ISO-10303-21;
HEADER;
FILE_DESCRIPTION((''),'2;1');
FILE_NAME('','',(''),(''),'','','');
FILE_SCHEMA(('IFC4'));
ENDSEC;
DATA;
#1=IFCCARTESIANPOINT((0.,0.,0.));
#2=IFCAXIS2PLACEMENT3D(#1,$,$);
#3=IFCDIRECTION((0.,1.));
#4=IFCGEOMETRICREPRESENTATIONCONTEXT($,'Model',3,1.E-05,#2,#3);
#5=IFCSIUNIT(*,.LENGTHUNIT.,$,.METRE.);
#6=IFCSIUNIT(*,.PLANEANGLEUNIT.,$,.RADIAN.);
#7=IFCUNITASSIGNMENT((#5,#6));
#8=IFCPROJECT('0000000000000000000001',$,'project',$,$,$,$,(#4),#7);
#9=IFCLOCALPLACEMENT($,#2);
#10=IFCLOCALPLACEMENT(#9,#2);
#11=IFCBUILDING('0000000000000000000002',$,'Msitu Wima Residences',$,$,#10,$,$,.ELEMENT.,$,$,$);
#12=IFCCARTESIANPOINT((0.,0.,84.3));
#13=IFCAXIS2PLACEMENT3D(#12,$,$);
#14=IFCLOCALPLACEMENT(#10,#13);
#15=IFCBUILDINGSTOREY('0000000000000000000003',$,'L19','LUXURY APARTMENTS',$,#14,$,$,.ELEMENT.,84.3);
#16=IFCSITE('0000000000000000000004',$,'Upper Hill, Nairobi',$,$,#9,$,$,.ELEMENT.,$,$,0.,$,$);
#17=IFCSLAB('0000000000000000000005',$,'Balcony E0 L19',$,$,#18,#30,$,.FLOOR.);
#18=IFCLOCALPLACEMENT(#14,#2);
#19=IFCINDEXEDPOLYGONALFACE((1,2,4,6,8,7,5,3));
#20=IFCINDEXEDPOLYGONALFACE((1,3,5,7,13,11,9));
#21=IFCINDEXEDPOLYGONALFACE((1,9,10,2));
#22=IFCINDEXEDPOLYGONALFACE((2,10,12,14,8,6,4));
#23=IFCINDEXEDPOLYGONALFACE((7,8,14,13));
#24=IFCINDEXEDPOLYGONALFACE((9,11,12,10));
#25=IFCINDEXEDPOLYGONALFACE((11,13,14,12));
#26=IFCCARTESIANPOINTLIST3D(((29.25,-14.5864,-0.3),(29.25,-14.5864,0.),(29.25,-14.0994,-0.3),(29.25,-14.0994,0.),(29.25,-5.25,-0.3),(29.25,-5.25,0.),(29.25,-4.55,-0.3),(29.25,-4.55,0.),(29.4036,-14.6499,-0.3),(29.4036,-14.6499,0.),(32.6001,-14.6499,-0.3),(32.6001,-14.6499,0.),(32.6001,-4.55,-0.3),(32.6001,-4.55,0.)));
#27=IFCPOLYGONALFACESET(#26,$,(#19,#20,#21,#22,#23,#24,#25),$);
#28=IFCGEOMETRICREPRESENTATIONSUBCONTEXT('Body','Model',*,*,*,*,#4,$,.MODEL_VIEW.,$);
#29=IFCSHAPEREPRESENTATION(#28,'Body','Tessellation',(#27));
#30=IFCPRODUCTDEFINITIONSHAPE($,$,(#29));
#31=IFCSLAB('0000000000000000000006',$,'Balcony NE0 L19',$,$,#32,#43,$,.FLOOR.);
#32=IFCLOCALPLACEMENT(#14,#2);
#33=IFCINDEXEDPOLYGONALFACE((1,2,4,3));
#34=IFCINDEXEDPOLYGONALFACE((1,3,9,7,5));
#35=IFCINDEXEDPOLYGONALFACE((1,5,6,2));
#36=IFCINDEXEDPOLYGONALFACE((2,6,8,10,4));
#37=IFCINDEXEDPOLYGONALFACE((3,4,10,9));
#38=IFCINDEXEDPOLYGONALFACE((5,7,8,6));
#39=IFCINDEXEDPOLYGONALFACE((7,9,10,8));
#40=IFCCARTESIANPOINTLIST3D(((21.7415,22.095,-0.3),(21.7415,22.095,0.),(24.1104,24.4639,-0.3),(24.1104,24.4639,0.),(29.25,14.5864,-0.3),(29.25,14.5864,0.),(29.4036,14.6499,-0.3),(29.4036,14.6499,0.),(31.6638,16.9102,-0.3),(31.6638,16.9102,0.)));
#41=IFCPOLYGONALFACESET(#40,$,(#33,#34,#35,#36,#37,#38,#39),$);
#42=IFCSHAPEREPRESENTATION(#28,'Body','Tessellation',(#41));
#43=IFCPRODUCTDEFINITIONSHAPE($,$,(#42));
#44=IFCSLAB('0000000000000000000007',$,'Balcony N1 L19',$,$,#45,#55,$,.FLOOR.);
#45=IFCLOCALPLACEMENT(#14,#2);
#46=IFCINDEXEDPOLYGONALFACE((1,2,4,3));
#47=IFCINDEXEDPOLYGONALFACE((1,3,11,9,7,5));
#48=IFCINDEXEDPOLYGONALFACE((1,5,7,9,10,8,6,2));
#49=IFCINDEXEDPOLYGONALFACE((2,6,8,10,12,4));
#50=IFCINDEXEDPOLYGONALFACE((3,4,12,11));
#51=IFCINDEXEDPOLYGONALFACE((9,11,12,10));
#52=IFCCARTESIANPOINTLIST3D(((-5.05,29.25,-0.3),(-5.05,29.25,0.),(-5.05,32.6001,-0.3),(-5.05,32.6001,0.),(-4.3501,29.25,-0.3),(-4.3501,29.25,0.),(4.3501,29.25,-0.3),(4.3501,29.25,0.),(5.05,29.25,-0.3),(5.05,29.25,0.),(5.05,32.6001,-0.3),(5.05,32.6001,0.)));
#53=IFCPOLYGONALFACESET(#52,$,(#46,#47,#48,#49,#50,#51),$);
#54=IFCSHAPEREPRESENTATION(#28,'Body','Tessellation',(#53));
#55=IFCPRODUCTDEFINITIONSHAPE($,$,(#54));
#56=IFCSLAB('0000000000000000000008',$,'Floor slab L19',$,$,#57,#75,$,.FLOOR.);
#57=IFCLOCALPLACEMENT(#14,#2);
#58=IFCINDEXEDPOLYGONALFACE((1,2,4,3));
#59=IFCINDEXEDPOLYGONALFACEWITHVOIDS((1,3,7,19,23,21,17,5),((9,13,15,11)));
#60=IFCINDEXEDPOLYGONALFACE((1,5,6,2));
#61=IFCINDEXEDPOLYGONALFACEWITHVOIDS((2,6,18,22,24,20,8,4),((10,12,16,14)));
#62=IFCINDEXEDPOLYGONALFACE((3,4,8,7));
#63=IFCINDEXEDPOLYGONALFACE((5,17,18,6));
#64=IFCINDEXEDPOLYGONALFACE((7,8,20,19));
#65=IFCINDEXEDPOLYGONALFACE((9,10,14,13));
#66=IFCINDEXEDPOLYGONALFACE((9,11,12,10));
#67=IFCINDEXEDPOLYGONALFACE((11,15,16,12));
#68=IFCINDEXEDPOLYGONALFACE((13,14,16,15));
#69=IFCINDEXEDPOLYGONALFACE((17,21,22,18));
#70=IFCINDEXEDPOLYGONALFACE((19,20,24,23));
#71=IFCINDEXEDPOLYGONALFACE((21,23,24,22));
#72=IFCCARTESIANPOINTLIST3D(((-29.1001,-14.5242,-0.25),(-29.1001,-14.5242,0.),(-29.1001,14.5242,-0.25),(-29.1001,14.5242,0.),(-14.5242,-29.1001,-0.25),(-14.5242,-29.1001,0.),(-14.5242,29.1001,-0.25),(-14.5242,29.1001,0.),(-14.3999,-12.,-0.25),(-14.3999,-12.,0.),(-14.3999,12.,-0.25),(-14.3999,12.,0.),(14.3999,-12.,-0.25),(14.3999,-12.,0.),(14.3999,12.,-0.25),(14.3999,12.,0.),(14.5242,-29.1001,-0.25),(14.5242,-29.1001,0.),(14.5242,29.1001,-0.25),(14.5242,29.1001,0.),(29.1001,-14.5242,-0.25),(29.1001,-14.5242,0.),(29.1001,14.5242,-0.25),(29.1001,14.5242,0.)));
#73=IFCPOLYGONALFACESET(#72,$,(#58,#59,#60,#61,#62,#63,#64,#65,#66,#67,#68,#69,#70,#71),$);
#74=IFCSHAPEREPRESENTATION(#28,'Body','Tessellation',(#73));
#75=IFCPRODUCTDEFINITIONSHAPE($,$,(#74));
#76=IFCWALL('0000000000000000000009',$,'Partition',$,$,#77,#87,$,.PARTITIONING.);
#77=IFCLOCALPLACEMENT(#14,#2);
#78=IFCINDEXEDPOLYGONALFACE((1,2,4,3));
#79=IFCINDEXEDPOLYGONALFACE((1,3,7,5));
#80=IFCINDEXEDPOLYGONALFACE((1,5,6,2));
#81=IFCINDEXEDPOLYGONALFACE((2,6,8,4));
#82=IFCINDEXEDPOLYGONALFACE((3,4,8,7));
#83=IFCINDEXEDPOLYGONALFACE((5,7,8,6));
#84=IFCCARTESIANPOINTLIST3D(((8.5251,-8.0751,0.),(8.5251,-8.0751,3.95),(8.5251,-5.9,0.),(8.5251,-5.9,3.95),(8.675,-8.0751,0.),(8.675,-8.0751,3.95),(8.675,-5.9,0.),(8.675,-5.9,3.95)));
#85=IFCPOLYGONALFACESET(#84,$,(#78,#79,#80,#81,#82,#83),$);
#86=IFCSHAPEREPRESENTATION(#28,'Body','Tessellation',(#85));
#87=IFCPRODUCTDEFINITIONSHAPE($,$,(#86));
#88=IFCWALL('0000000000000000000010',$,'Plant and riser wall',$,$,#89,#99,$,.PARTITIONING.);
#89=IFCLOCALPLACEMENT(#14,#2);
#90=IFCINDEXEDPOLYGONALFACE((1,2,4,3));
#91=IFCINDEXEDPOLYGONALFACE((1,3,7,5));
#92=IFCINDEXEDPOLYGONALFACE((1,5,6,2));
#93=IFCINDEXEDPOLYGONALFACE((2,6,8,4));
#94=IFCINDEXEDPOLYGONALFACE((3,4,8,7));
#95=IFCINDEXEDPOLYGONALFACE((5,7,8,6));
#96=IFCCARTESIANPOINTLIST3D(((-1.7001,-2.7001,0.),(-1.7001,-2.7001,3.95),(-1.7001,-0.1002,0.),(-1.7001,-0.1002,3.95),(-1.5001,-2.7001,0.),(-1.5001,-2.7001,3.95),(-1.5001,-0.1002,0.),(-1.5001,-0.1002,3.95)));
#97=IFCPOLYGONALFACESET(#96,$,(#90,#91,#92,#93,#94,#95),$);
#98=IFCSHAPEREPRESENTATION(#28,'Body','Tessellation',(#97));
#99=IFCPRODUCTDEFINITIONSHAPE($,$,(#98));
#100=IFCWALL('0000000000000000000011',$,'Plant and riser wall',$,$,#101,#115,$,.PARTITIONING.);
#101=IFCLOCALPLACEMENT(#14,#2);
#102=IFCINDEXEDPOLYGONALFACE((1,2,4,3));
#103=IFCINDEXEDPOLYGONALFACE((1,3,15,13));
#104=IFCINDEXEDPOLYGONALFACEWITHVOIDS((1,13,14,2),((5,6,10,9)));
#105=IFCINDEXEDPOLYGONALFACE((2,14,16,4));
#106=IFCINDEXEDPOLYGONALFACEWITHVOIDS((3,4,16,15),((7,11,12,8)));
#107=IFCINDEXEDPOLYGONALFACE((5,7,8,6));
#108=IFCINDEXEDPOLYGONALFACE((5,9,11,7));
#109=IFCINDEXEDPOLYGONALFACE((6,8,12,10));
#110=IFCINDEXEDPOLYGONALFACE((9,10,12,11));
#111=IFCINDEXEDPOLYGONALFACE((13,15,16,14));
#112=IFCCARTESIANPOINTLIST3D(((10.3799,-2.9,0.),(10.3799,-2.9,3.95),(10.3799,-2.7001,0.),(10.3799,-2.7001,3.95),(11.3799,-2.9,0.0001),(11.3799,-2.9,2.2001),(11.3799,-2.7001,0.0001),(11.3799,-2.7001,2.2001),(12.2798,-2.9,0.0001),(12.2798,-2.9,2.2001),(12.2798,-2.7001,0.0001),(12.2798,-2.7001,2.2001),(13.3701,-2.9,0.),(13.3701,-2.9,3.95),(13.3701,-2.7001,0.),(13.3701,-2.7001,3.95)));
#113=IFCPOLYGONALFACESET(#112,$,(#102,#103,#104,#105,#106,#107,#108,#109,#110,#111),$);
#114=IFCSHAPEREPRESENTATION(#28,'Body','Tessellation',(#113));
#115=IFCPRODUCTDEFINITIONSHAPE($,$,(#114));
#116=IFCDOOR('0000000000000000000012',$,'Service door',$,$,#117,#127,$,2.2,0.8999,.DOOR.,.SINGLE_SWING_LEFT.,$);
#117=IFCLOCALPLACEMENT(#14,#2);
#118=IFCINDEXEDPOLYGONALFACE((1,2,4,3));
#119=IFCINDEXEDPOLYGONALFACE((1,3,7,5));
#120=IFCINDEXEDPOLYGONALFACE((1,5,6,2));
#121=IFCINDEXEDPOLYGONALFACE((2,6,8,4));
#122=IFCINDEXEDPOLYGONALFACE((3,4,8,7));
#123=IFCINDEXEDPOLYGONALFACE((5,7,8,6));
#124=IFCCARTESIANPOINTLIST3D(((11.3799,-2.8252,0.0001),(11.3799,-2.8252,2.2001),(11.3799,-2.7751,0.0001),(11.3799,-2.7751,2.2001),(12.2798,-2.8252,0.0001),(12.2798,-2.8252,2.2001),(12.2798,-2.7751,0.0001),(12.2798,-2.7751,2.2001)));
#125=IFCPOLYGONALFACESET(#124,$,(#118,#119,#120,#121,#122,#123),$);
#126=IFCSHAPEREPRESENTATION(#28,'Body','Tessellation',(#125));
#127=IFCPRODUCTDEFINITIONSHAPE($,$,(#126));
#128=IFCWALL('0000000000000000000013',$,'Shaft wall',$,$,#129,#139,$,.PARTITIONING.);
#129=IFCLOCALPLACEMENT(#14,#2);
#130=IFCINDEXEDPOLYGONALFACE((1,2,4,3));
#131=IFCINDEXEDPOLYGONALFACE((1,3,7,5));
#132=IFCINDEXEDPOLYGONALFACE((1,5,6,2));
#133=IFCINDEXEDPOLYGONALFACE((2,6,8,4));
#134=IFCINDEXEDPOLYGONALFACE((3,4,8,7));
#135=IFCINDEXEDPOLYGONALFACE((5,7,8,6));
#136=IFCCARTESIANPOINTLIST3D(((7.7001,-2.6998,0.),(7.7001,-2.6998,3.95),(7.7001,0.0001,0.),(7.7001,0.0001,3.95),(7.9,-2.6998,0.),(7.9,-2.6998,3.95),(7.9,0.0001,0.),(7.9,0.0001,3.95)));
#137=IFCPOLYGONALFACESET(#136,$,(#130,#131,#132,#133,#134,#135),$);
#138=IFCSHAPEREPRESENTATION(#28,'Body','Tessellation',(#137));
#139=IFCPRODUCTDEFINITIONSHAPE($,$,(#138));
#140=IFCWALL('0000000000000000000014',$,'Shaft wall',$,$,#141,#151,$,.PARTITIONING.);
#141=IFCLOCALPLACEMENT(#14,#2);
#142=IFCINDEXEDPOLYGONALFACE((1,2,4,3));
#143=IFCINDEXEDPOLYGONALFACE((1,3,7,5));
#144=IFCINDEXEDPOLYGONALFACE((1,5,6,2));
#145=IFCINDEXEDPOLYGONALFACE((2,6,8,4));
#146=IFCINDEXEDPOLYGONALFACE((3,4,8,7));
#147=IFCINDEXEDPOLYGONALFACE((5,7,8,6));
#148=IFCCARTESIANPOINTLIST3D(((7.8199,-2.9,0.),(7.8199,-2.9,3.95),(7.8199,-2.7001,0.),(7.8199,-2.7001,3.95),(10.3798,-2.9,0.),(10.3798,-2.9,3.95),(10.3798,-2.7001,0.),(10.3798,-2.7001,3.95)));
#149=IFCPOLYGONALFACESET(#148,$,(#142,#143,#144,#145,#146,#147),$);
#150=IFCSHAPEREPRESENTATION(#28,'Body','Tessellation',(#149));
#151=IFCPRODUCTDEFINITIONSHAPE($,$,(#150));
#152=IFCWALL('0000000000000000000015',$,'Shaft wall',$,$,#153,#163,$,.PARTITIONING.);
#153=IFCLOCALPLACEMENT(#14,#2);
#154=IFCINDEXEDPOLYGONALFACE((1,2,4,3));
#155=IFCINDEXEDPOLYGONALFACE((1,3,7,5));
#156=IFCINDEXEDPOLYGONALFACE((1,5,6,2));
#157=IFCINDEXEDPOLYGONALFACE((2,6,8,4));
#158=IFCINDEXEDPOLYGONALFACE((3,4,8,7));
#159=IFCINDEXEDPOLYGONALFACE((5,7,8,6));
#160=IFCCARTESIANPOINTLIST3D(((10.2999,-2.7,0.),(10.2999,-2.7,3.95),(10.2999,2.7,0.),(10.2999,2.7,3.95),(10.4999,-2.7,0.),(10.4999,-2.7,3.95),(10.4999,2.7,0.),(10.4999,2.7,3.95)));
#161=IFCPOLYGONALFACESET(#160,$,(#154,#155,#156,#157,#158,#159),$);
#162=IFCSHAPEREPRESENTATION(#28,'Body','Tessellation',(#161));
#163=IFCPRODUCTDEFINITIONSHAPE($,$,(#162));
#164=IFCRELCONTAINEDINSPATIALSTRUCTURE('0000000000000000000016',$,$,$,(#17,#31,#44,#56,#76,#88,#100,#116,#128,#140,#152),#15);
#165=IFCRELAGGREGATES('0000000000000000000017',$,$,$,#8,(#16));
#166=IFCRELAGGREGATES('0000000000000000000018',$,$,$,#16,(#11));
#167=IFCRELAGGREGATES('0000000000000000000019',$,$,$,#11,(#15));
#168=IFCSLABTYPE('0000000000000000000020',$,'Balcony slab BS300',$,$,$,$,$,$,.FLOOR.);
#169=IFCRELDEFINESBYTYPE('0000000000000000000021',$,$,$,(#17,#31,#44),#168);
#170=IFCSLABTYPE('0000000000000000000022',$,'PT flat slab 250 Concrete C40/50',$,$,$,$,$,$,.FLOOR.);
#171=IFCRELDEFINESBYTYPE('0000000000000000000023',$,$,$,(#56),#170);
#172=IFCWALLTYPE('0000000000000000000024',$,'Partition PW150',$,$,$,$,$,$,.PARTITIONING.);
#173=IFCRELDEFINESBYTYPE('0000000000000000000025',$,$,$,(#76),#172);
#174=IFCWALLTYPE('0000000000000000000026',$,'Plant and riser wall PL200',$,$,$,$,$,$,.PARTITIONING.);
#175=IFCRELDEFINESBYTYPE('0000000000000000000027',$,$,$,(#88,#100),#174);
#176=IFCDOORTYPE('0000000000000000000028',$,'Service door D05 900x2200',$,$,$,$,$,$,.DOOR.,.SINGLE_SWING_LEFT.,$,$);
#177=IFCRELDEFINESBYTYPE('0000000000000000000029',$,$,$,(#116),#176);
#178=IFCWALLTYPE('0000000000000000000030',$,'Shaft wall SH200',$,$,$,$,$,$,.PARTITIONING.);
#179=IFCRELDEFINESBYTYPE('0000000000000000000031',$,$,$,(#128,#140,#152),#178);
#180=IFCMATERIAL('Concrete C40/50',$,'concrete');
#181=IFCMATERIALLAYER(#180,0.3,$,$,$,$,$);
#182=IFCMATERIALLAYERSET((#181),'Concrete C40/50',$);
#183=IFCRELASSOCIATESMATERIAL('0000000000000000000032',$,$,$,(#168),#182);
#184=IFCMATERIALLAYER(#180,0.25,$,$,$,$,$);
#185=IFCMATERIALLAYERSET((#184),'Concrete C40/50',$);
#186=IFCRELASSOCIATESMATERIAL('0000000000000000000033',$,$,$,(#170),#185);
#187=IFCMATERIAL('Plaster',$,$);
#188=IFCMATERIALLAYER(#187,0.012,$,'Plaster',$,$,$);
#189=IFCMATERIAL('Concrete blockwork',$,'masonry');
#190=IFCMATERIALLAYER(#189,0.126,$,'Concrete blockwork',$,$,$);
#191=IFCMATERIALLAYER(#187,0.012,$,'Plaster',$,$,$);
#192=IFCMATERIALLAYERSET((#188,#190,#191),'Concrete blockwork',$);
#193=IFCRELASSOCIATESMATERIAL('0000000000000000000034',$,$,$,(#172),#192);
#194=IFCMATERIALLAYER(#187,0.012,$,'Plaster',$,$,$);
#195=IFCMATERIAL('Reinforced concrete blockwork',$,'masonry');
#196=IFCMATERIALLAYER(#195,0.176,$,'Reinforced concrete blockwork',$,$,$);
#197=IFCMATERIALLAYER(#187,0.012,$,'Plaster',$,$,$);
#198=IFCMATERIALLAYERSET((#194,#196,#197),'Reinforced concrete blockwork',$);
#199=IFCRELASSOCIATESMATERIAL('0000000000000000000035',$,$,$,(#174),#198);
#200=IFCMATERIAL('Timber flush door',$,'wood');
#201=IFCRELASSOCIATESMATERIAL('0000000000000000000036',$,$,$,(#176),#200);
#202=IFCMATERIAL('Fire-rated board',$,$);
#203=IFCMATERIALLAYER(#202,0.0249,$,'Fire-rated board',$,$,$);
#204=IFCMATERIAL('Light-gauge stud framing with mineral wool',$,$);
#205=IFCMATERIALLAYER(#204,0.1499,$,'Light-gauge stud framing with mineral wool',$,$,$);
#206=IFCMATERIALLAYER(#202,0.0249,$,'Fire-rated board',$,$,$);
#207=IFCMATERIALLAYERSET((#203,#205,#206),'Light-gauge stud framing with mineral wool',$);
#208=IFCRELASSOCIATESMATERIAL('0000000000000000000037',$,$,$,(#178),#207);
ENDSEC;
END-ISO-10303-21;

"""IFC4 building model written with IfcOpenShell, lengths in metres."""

from ifc_helpers import new_model, si_unit, direction, frame, frame_2d, origin, place, context, subcontext, project, spatial, polyline, rectangle, outline, extrude, material, layer, layer_set, type_object, element, fill, save


model = new_model("IFC4")

# Units and contexts
model_context = context("Model", 3, precision=1e-05, world=origin(), true_north=direction((0.0, 1.0)))
body_context = subcontext(model_context, "Body", "Model", "MODEL_VIEW")
ifc_project = project(units=[si_unit("LENGTHUNIT", "METRE"), si_unit("PLANEANGLEUNIT", "RADIAN")], contexts=[model_context])

# Site, building, storey
site_placement = place(None, origin())
site = spatial("IfcSite", under=ifc_project, at=site_placement, Name="Upper Hill, Nairobi", CompositionType="ELEMENT", RefElevation=0.0)
building_placement = place(site_placement, origin())
building = spatial("IfcBuilding", under=site, at=building_placement, Name="Msitu Wima Residences", CompositionType="ELEMENT")
storey_placement = place(building_placement, frame((0.0, 0.0, 84.3)))
storey = spatial("IfcBuildingStorey", under=building, at=storey_placement, Name="L19", Description="LUXURY APARTMENTS", CompositionType="ELEMENT", Elevation=84.3)

# Slabs
ifc_material_1 = material(Name="Concrete C40/50", Category="concrete")
ifc_layer_1 = layer(ifc_material_1, 0.3)
ifc_layer_set_1 = layer_set([ifc_layer_1], Name="Concrete C40/50")
slab_type_1 = type_object("IfcSlabType", Name="Balcony slab BS300", PredefinedType="FLOOR", material=ifc_layer_set_1)
slab_1_placement = place(storey_placement, frame((0.0, 0.0, -0.3)))
element("IfcSlab", 1, at=slab_1_placement, inside=storey, type_object=slab_type_1, Name="Balcony E0 L19", PredefinedType="FLOOR", context=body_context, shape_type="SweptSolid", body=[
    extrude(outline(polyline([(29.25, -14.0994), (29.25, -14.0994), (29.25, -5.25), (29.25, -4.55), (32.6001, -4.55), (32.6001, -14.6499), (29.4036, -14.6499), (29.25, -14.5864), (29.25, -14.0994), (29.25, -14.0994)])), origin(), (0.0, 0.0, 1.0), 0.3),
])
slab_2_placement = place(storey_placement, frame((0.0, 0.0, -0.3)))
element("IfcSlab", 2, at=slab_2_placement, inside=storey, type_object=slab_type_1, Name="Balcony NE0 L19", PredefinedType="FLOOR", context=body_context, shape_type="SweptSolid", body=[
    extrude(outline(polyline([(24.1104, 24.4639), (31.6638, 16.9102), (29.4036, 14.6499), (29.25, 14.5864), (21.7415, 22.095), (24.1104, 24.4639)])), origin(), (0.0, 0.0, 1.0), 0.3),
])
slab_3_placement = place(storey_placement, frame((0.0, 0.0, -0.3)))
element("IfcSlab", 3, at=slab_3_placement, inside=storey, type_object=slab_type_1, Name="Balcony N1 L19", PredefinedType="FLOOR", context=body_context, shape_type="SweptSolid", body=[
    extrude(outline(polyline([(4.3501, 29.25), (-4.3501, 29.25), (-5.05, 29.25), (-5.05, 32.6001), (5.05, 32.6001), (5.05, 29.25), (4.3501, 29.25)])), origin(), (0.0, 0.0, 1.0), 0.3),
])
ifc_layer_2 = layer(ifc_material_1, 0.25)
ifc_layer_set_2 = layer_set([ifc_layer_2], Name="Concrete C40/50")
slab_type_2 = type_object("IfcSlabType", Name="PT flat slab 250 Concrete C40/50", PredefinedType="FLOOR", material=ifc_layer_set_2)
slab_4_placement = place(storey_placement, frame((0.0, 0.0, -0.25)))
element("IfcSlab", 4, at=slab_4_placement, inside=storey, type_object=slab_type_2, Name="Floor slab L19", PredefinedType="FLOOR", context=body_context, shape_type="SweptSolid", body=[
    extrude(outline(polyline([(29.1001, -14.5242), (14.5242, -29.1001), (-14.5242, -29.1001), (-29.1001, -14.5242), (-29.1001, 14.5242), (-14.5242, 29.1001), (14.5242, 29.1001), (29.1001, 14.5242), (29.1001, -14.5242)]), holes=[polyline([(-14.3999, -12.0), (14.3999, -12.0), (14.3999, 12.0), (-14.3999, 12.0), (-14.3999, -12.0)])]), origin(), (0.0, 0.0, 1.0), 0.25),
])

# Walls
ifc_material_2 = material(Name="Plaster")
ifc_layer_3 = layer(ifc_material_2, 0.012, Name="Plaster")
ifc_material_3 = material(Name="Concrete blockwork", Category="masonry")
ifc_layer_4 = layer(ifc_material_3, 0.126, Name="Concrete blockwork")
ifc_layer_5 = layer(ifc_material_2, 0.012, Name="Plaster")
ifc_layer_set_3 = layer_set([ifc_layer_3, ifc_layer_4, ifc_layer_5], Name="Concrete blockwork")
wall_type_1 = type_object("IfcWallType", Name="Partition PW150", PredefinedType="PARTITIONING", material=ifc_layer_set_3)
wall_1_placement = place(storey_placement, frame((8.6001, -8.075, 0.0), z_axis=(0.0, 0.0, 1.0), x_axis=(0.0, 1.0, 0.0)))
element("IfcWall", 5, at=wall_1_placement, inside=storey, type_object=wall_type_1, Name="Partition", PredefinedType="PARTITIONING", context=body_context, shape_type="SweptSolid", body=[
    extrude(rectangle(XDim=2.175, YDim=0.1499, at=frame_2d((1.0874, 0.0))), origin(), (0.0, 0.0, 1.0), 3.95),
])
ifc_layer_6 = layer(ifc_material_2, 0.012, Name="Plaster")
ifc_material_4 = material(Name="Reinforced concrete blockwork", Category="masonry")
ifc_layer_7 = layer(ifc_material_4, 0.176, Name="Reinforced concrete blockwork")
ifc_layer_8 = layer(ifc_material_2, 0.012, Name="Plaster")
ifc_layer_set_4 = layer_set([ifc_layer_6, ifc_layer_7, ifc_layer_8], Name="Reinforced concrete blockwork")
wall_type_2 = type_object("IfcWallType", Name="Plant and riser wall PL200", PredefinedType="PARTITIONING", material=ifc_layer_set_4)
wall_2_placement = place(storey_placement, frame((-1.6001, -2.7, 0.0), z_axis=(0.0, 0.0, 1.0), x_axis=(0.0, 1.0, 0.0)))
element("IfcWall", 6, at=wall_2_placement, inside=storey, type_object=wall_type_2, Name="Plant and riser wall", PredefinedType="PARTITIONING", context=body_context, shape_type="SweptSolid", body=[
    extrude(rectangle(XDim=2.5999, YDim=0.2, at=frame_2d((1.2998, 0.0))), origin(), (0.0, 0.0, 1.0), 3.95),
])

# Wall, opening, door
wall_3_placement = place(storey_placement, frame((10.3799, -2.8, 0.0), z_axis=(0.0, 0.0, 1.0), x_axis=(1.0, 0.0, 0.0)))
wall_3 = element("IfcWall", 7, at=wall_3_placement, inside=storey, type_object=wall_type_2, Name="Plant and riser wall", PredefinedType="PARTITIONING", context=body_context, shape_type="SweptSolid", body=[
    extrude(rectangle(XDim=2.9902, YDim=0.2, at=frame_2d((1.4951, 0.0))), origin(), (0.0, 0.0, 1.0), 3.95),
])
opening_1_placement = place(wall_3_placement, frame((1.0, 0.0, 0.0)))
opening_1 = element("IfcOpeningElement", 8, at=opening_1_placement, cuts=wall_3, PredefinedType="OPENING", context=body_context, shape_type="SweptSolid", body=[
    extrude(rectangle(XDim=0.8999, YDim=2.2, at=frame_2d((0.45, 1.1001))), frame((0.0, 0.1099, 0.0), z_axis=(0.0, -1.0, 0.0), x_axis=(1.0, 0.0, 0.0)), (0.0, 0.0, 1.0), 0.22),
])
ifc_material_5 = material(Name="Timber flush door", Category="wood")
door_type_1 = type_object("IfcDoorType", Name="Service door D05 900x2200", OperationType="SINGLE_SWING_LEFT", PredefinedType="DOOR", material=ifc_material_5)
door_1_placement = place(opening_1_placement, origin())
door_1 = element("IfcDoor", 9, at=door_1_placement, inside=storey, type_object=door_type_1, Name="Service door", OperationType="SINGLE_SWING_LEFT", OverallHeight=2.2, OverallWidth=0.8999, PredefinedType="DOOR", context=body_context, shape_type="SweptSolid", body=[
    extrude(rectangle(XDim=0.8999, YDim=2.2, at=frame_2d((0.45, 1.1001))), frame((0.0, 0.0249, 0.0), z_axis=(0.0, -1.0, 0.0), x_axis=(1.0, 0.0, 0.0)), (0.0, 0.0, 1.0), 0.05),
])
fill(opening_1, door_1)

# Walls
ifc_material_6 = material(Name="Fire-rated board")
ifc_layer_9 = layer(ifc_material_6, 0.0249, Name="Fire-rated board")
ifc_material_7 = material(Name="Light-gauge stud framing with mineral wool")
ifc_layer_10 = layer(ifc_material_7, 0.1499, Name="Light-gauge stud framing with mineral wool")
ifc_layer_11 = layer(ifc_material_6, 0.0249, Name="Fire-rated board")
ifc_layer_set_5 = layer_set([ifc_layer_9, ifc_layer_10, ifc_layer_11], Name="Light-gauge stud framing with mineral wool")
wall_type_3 = type_object("IfcWallType", Name="Shaft wall SH200", PredefinedType="PARTITIONING", material=ifc_layer_set_5)
wall_4_placement = place(storey_placement, frame((7.8, -2.7, 0.0), z_axis=(0.0, 0.0, 1.0), x_axis=(0.0, 1.0, 0.0)))
element("IfcWall", 10, at=wall_4_placement, inside=storey, type_object=wall_type_3, Name="Shaft wall", PredefinedType="PARTITIONING", context=body_context, shape_type="SweptSolid", body=[
    extrude(rectangle(XDim=2.7, YDim=0.2, at=frame_2d((1.3501, 0.0))), origin(), (0.0, 0.0, 1.0), 3.95),
])
wall_5_placement = place(storey_placement, frame((7.8201, -2.8, 0.0), z_axis=(0.0, 0.0, 1.0), x_axis=(1.0, 0.0, 0.0)))
element("IfcWall", 11, at=wall_5_placement, inside=storey, type_object=wall_type_3, Name="Shaft wall", PredefinedType="PARTITIONING", context=body_context, shape_type="SweptSolid", body=[
    extrude(rectangle(XDim=2.5598, YDim=0.2, at=frame_2d((1.2798, 0.0))), origin(), (0.0, 0.0, 1.0), 3.95),
])
wall_6_placement = place(storey_placement, frame((10.3999, -2.7, 0.0), z_axis=(0.0, 0.0, 1.0), x_axis=(0.0, 1.0, 0.0)))
element("IfcWall", 12, at=wall_6_placement, inside=storey, type_object=wall_type_3, Name="Shaft wall", PredefinedType="PARTITIONING", context=body_context, shape_type="SweptSolid", body=[
    extrude(rectangle(XDim=5.3999, YDim=0.2, at=frame_2d((2.7, 0.0))), origin(), (0.0, 0.0, 1.0), 3.95),
])

save(model, "model.ifc")
